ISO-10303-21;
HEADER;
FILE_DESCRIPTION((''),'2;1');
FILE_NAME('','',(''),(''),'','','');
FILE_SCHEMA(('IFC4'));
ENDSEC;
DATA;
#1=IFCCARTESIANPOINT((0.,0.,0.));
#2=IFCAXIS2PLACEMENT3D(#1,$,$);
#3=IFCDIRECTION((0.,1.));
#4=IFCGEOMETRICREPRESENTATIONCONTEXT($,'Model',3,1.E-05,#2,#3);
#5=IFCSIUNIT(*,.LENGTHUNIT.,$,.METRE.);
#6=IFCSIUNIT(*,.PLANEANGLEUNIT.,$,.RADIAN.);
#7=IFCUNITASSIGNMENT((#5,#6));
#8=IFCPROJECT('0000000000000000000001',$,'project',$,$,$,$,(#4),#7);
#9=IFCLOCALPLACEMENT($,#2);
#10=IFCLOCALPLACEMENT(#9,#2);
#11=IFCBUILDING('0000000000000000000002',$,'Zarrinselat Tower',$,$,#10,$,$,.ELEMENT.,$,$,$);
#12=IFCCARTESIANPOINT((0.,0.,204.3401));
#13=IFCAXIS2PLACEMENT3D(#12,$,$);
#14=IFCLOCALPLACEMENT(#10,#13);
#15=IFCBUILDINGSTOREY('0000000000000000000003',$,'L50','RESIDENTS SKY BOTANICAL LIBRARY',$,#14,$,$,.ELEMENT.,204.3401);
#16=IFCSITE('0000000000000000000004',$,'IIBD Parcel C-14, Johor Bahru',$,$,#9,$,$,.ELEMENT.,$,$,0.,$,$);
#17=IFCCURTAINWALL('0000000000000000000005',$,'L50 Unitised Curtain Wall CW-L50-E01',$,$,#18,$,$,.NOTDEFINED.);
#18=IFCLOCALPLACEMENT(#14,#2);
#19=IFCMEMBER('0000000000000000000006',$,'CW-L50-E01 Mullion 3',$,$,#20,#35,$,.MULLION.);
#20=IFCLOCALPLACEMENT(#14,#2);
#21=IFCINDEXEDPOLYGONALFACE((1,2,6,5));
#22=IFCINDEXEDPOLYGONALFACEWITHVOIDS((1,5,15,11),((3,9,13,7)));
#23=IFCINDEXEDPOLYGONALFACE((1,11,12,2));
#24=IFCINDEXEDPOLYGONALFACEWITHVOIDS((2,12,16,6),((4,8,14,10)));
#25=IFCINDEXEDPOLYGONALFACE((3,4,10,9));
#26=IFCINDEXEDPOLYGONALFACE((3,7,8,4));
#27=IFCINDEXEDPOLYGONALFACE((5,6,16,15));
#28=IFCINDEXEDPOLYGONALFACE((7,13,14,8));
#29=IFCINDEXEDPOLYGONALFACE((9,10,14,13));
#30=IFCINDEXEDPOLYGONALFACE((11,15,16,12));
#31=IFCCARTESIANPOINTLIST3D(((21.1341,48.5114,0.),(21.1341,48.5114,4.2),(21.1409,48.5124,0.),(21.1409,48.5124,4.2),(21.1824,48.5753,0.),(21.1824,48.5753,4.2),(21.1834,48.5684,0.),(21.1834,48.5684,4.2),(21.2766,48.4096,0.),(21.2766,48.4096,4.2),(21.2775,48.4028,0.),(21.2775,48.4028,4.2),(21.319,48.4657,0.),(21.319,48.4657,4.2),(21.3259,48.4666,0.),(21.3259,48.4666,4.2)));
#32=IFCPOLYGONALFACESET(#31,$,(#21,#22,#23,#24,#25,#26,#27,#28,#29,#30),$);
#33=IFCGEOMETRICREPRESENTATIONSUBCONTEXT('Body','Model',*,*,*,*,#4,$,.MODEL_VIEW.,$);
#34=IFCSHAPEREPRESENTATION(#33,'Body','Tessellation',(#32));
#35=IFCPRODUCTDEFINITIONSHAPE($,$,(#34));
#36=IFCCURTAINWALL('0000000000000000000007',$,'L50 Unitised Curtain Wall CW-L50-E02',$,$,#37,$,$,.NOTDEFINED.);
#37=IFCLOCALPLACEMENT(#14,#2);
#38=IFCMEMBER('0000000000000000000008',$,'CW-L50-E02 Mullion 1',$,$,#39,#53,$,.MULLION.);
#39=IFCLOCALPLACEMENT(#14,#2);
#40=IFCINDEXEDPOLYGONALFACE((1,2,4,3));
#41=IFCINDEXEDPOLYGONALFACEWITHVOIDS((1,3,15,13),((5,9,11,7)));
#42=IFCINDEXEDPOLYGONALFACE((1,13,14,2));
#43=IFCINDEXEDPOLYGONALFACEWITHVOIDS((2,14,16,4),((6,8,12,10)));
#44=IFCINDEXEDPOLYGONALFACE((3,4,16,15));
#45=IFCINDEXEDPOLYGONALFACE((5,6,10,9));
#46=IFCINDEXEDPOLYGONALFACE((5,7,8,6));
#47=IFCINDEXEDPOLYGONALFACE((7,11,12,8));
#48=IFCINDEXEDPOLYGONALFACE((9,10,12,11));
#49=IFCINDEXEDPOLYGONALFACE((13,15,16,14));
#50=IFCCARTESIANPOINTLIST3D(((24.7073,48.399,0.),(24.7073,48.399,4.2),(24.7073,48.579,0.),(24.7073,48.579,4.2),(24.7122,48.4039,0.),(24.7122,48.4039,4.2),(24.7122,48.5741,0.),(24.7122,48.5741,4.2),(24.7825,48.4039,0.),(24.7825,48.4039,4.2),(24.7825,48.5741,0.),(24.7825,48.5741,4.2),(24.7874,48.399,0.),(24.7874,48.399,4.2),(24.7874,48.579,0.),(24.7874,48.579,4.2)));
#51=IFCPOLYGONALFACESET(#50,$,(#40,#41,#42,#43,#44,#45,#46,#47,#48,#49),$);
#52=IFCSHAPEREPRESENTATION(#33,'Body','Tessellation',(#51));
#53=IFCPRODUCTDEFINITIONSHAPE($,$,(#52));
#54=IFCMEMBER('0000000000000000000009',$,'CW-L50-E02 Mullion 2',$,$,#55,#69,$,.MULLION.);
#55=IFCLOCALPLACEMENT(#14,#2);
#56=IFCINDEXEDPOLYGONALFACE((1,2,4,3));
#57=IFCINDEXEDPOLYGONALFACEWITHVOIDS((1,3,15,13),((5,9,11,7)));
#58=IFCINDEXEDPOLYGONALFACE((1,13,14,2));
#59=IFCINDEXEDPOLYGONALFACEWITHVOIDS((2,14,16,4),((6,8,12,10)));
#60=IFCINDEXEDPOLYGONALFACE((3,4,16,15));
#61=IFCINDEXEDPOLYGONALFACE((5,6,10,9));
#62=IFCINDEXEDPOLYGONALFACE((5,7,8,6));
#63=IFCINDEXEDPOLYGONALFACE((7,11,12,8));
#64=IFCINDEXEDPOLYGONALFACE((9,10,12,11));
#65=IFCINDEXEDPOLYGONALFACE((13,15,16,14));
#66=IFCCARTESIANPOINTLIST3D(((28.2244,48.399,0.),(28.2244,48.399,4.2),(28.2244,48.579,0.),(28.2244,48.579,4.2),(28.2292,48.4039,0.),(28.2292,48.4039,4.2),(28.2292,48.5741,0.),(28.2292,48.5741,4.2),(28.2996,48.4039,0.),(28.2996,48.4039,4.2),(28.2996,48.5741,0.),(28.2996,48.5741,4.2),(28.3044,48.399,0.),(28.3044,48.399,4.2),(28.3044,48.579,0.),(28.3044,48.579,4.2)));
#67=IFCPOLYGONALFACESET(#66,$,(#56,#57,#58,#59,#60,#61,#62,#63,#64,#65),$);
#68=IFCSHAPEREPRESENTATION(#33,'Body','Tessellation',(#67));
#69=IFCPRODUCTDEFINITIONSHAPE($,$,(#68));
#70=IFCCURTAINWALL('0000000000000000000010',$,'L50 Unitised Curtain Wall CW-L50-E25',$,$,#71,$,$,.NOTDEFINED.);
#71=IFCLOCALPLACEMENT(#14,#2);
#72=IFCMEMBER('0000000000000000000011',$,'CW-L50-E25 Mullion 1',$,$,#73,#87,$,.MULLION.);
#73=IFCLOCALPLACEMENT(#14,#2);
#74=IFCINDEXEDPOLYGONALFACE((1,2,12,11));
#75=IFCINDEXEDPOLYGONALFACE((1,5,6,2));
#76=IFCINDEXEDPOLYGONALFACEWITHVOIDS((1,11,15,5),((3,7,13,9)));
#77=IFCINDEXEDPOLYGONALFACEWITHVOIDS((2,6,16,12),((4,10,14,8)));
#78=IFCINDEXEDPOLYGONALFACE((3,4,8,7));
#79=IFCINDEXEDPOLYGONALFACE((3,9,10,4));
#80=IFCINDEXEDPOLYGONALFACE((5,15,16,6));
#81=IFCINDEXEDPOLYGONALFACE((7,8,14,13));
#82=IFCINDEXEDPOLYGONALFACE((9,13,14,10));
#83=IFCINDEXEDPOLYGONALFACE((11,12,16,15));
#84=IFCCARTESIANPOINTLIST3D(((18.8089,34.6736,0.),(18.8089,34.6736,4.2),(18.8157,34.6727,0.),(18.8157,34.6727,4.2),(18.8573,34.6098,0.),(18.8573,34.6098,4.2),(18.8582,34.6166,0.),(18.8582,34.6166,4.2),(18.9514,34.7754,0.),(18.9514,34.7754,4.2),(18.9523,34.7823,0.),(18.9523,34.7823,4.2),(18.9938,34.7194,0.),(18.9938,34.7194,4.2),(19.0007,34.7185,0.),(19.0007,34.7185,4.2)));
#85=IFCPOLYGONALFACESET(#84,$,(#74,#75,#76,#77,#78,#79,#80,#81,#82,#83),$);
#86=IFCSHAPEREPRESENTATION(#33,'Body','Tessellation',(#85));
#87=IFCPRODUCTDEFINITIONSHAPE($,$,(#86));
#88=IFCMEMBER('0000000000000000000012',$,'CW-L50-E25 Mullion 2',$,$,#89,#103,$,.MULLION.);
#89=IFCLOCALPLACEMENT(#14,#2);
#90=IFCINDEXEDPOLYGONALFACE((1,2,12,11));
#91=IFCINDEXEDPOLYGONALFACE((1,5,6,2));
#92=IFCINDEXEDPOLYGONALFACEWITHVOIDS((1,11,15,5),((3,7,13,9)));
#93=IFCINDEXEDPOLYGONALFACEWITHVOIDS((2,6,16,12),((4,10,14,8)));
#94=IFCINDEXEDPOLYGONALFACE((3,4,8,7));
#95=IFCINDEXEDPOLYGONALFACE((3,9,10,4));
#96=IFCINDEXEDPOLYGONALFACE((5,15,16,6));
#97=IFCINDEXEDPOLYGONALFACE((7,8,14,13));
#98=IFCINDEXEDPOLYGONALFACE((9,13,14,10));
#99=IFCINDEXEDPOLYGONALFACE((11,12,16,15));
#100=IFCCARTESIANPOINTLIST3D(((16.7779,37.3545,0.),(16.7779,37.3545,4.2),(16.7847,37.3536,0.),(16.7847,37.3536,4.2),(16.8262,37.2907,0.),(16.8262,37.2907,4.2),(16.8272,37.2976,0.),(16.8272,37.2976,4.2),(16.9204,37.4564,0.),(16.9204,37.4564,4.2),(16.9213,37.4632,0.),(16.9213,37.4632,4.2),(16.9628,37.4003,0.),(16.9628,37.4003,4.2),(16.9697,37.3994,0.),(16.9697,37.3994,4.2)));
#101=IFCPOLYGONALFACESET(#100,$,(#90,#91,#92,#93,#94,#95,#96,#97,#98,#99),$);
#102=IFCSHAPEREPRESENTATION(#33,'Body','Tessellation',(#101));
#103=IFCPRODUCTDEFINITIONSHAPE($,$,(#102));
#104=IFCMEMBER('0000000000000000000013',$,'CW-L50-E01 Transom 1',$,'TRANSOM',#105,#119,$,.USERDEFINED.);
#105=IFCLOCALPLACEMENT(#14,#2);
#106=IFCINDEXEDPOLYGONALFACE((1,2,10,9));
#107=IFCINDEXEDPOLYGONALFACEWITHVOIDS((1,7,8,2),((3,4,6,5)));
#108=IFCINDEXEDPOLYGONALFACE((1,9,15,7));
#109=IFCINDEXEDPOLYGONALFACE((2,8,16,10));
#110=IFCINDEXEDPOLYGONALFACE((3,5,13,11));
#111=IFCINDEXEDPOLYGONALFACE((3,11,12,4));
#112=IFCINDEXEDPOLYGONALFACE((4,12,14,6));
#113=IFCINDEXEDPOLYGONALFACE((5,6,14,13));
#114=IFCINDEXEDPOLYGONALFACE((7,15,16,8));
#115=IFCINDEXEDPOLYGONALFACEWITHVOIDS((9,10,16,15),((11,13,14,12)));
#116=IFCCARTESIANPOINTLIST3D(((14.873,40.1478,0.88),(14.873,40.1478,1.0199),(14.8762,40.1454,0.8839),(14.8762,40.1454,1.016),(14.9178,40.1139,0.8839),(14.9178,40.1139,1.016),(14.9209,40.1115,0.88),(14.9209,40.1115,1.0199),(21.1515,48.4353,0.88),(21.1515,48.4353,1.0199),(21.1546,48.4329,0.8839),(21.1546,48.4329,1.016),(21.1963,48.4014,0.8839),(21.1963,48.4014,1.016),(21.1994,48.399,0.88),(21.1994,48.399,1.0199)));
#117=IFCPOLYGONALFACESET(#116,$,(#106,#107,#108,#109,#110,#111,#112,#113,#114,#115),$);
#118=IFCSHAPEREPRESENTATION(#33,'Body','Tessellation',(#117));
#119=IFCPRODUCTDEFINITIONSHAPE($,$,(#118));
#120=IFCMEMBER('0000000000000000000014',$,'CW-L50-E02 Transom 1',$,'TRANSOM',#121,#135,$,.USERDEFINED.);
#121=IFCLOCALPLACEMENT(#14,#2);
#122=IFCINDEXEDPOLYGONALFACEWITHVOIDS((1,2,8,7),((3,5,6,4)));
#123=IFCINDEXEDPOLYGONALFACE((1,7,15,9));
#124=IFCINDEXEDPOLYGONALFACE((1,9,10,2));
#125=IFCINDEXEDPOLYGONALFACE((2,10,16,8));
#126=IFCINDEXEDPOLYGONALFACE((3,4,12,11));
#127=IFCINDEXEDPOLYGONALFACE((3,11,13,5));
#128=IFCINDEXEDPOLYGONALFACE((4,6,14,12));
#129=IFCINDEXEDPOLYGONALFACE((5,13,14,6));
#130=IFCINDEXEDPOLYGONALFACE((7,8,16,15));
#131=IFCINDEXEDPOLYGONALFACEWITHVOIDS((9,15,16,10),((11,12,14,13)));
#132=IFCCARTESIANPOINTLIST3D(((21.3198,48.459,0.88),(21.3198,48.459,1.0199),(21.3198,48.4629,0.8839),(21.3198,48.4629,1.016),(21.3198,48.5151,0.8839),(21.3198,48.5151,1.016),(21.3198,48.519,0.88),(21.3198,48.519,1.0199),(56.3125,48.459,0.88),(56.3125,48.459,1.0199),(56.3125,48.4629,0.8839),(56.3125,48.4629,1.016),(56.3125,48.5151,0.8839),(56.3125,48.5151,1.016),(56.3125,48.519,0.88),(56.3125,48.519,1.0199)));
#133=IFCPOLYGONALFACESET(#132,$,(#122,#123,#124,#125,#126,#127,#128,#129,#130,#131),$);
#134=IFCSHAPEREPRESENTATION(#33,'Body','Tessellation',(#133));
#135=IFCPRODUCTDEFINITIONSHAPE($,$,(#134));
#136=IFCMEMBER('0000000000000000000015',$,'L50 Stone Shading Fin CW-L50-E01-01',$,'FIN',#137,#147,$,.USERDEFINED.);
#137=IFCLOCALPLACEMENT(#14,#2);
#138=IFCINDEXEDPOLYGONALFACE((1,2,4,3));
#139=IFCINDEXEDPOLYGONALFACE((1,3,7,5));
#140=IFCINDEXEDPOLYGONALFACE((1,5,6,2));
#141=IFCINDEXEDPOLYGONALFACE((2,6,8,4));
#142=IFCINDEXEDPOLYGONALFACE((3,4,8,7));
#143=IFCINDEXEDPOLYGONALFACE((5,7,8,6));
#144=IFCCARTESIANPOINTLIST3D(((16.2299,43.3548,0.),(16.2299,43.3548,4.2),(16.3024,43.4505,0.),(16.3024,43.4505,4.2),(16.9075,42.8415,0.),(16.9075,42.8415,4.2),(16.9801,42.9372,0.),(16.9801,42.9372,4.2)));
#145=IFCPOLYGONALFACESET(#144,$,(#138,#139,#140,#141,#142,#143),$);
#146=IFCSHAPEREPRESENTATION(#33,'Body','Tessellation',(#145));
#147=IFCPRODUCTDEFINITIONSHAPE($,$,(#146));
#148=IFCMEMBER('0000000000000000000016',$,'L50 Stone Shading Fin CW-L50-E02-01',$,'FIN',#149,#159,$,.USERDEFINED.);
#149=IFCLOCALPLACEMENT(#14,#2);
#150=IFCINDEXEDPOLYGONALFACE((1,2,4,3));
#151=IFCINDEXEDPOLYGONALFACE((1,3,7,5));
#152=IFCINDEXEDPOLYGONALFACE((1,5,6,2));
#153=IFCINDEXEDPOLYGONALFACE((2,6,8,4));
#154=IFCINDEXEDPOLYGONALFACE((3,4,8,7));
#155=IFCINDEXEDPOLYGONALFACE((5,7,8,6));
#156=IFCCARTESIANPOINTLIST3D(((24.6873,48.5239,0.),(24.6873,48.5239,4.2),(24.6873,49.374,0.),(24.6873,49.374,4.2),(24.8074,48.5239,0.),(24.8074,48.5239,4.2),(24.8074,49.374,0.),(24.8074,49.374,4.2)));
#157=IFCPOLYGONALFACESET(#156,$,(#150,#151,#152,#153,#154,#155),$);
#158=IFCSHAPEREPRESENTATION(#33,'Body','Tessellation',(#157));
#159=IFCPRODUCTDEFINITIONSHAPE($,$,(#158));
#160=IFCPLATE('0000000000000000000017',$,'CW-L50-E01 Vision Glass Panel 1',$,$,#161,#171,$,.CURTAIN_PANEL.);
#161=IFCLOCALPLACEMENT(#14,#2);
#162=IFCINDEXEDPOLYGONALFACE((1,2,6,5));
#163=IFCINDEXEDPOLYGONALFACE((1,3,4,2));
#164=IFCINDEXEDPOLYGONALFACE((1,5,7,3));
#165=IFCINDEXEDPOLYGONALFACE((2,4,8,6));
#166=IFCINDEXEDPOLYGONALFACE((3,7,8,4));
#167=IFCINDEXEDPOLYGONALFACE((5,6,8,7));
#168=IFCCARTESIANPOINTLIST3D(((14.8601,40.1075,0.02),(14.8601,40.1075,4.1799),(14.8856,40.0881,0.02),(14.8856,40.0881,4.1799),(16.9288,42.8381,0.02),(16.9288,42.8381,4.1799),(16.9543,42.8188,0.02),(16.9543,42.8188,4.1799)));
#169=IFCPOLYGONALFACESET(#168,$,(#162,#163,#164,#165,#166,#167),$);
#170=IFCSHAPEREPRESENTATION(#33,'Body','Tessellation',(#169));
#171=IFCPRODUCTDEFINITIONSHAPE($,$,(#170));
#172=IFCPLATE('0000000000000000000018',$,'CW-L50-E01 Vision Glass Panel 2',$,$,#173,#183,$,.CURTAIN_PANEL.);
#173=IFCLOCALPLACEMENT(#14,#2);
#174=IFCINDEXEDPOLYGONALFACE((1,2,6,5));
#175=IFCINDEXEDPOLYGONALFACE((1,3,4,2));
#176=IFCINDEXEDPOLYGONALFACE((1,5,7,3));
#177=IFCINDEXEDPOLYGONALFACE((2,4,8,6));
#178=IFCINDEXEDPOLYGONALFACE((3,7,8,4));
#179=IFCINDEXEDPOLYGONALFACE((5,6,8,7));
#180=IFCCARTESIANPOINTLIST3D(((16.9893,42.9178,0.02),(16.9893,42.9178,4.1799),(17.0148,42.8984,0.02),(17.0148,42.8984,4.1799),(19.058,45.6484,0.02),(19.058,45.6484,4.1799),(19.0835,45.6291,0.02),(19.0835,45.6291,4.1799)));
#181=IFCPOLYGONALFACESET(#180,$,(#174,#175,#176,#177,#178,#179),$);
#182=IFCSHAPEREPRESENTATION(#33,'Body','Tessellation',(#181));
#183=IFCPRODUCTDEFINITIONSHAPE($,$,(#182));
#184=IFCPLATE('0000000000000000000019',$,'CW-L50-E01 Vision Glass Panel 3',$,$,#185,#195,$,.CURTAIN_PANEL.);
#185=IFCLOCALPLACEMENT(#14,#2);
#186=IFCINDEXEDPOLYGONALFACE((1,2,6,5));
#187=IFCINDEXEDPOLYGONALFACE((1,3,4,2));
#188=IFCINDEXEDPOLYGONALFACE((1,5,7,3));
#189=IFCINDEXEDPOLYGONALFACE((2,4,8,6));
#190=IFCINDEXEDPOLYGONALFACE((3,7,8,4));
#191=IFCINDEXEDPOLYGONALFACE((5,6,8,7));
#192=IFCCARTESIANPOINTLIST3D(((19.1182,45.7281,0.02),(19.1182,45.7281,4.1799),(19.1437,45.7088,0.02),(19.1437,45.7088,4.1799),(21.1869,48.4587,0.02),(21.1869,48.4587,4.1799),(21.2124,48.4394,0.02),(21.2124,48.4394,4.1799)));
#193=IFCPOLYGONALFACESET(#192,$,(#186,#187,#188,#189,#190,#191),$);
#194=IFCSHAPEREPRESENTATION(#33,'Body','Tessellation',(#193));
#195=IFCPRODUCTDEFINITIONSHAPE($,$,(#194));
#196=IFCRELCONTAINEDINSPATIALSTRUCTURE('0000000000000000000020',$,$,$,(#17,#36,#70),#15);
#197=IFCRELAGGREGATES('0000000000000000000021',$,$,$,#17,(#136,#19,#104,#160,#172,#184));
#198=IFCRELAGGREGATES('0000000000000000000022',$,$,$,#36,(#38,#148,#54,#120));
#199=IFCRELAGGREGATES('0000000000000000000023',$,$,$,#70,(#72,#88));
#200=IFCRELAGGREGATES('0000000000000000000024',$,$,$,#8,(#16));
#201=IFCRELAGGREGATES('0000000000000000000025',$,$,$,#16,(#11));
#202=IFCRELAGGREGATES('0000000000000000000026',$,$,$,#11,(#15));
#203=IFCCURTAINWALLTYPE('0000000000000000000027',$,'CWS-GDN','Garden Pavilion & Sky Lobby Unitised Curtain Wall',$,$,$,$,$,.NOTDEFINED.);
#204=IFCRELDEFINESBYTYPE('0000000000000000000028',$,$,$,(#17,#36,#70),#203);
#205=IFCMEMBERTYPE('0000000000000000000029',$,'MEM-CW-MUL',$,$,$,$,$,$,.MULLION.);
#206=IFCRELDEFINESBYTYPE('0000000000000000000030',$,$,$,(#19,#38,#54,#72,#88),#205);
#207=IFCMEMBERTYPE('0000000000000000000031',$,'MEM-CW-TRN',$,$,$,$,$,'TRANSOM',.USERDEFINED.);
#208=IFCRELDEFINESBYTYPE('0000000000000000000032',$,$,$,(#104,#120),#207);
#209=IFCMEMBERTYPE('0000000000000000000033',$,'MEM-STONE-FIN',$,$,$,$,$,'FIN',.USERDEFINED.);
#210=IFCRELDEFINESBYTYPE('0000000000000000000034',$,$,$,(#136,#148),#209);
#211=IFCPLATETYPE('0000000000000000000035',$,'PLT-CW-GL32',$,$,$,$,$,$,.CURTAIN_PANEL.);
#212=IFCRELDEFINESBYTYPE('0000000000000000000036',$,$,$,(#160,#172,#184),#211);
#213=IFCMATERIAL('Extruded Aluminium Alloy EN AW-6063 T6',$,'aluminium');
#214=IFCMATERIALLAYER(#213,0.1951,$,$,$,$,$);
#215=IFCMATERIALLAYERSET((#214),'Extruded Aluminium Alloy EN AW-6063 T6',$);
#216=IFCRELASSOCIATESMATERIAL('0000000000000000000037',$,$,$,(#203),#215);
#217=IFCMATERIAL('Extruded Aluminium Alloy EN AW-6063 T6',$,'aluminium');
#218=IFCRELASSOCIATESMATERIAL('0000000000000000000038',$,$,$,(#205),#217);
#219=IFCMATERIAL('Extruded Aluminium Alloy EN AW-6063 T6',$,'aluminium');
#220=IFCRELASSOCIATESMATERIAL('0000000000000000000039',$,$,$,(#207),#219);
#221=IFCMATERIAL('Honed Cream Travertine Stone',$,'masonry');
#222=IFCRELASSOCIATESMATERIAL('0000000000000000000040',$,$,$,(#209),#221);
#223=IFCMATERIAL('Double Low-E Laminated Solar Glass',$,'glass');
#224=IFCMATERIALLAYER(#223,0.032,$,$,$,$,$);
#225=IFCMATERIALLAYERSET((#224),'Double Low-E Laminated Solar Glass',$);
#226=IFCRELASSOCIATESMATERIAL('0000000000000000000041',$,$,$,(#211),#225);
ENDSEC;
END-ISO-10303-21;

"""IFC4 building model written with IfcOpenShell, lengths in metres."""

from ifc_helpers import new_model, si_unit, direction, frame, origin, origin_2d, place, context, subcontext, project, spatial, rectangle, hollow_rectangle, extrude, material, layer, layer_set, material_profile, profile_set, type_object, element, aggregate, save


model = new_model("IFC4")

# Units and contexts
model_context = context("Model", 3, precision=1e-05, world=origin(), true_north=direction((0.0, 1.0)))
body_context = subcontext(model_context, "Body", "Model", "MODEL_VIEW")
ifc_project = project(units=[si_unit("LENGTHUNIT", "METRE"), si_unit("PLANEANGLEUNIT", "RADIAN")], contexts=[model_context])

# Site, building, storey
site_placement = place(None, origin())
site = spatial("IfcSite", under=ifc_project, at=site_placement, Name="IIBD Parcel C-14, Johor Bahru", CompositionType="ELEMENT", RefElevation=0.0)
building_placement = place(site_placement, origin())
building = spatial("IfcBuilding", under=site, at=building_placement, Name="Zarrinselat Tower", CompositionType="ELEMENT")
storey_placement = place(building_placement, frame((0.0, 0.0, 204.3401)))
storey = spatial("IfcBuildingStorey", under=building, at=storey_placement, Name="L50", Description="RESIDENTS SKY BOTANICAL LIBRARY", CompositionType="ELEMENT", Elevation=204.3401)

# Curtain walls, members
ifc_material_1 = material(Name="Extruded Aluminium Alloy EN AW-6063 T6", Category="aluminium")
ifc_layer_1 = layer(ifc_material_1, 0.1951)
ifc_layer_set_1 = layer_set([ifc_layer_1], Name="Extruded Aluminium Alloy EN AW-6063 T6")
curtain_wall_type = type_object("IfcCurtainWallType", Name="CWS-GDN", Description="Garden Pavilion & Sky Lobby Unitised Curtain Wall", PredefinedType="NOTDEFINED", material=ifc_layer_set_1)
curtain_wall_1_placement = place(storey_placement, origin())
curtain_wall_1 = element("IfcCurtainWall", 1, at=curtain_wall_1_placement, inside=storey, type_object=curtain_wall_type, Name="L50 Unitised Curtain Wall CW-L50-E01", PredefinedType="NOTDEFINED")
ifc_material_2 = material(Name="Extruded Aluminium Alloy EN AW-6063 T6", Category="aluminium")
ifc_material_profile_1 = material_profile(ifc_material_2, hollow_rectangle(XDim=0.0801, YDim=0.1799, WallThickness=0.0049, at=origin_2d()), Name="RHS 180x80x5")
ifc_profile_set_1 = profile_set([ifc_material_profile_1], Name="Extruded Aluminium Alloy EN AW-6063 T6")
member_type_1 = type_object("IfcMemberType", Name="MEM-CW-MUL", PredefinedType="MULLION", material=ifc_profile_set_1)
member_1_placement = place(storey_placement, frame((21.23, 48.489, 0.0), z_axis=(0.0, 0.0, 1.0), x_axis=(0.603858, 0.797092, 0.0)))
member_1 = element("IfcMember", 2, at=member_1_placement, type_object=member_type_1, Name="CW-L50-E01 Mullion 3", PredefinedType="MULLION", context=body_context, shape_type="SweptSolid", body=[
    extrude(hollow_rectangle(XDim=0.0801, YDim=0.1799, WallThickness=0.0049, at=origin_2d()), origin(), (0.0, 0.0, 1.0), 4.2),
])
curtain_wall_2_placement = place(storey_placement, origin())
curtain_wall_2 = element("IfcCurtainWall", 3, at=curtain_wall_2_placement, inside=storey, type_object=curtain_wall_type, Name="L50 Unitised Curtain Wall CW-L50-E02", PredefinedType="NOTDEFINED")
member_2_placement = place(storey_placement, frame((24.7473, 48.489, 0.0), z_axis=(0.0, 0.0, 1.0), x_axis=(1.0, 0.0, 0.0)))
member_2 = element("IfcMember", 4, at=member_2_placement, type_object=member_type_1, Name="CW-L50-E02 Mullion 1", PredefinedType="MULLION", context=body_context, shape_type="SweptSolid", body=[
    extrude(hollow_rectangle(XDim=0.0801, YDim=0.1799, WallThickness=0.0049, at=origin_2d()), origin(), (0.0, 0.0, 1.0), 4.2),
])
member_3_placement = place(storey_placement, frame((28.2644, 48.489, 0.0), z_axis=(0.0, 0.0, 1.0), x_axis=(1.0, 0.0, 0.0)))
member_3 = element("IfcMember", 5, at=member_3_placement, type_object=member_type_1, Name="CW-L50-E02 Mullion 2", PredefinedType="MULLION", context=body_context, shape_type="SweptSolid", body=[
    extrude(hollow_rectangle(XDim=0.0801, YDim=0.1799, WallThickness=0.0049, at=origin_2d()), origin(), (0.0, 0.0, 1.0), 4.2),
])
curtain_wall_3_placement = place(storey_placement, origin())
curtain_wall_3 = element("IfcCurtainWall", 6, at=curtain_wall_3_placement, inside=storey, type_object=curtain_wall_type, Name="L50 Unitised Curtain Wall CW-L50-E25", PredefinedType="NOTDEFINED")
member_4_placement = place(storey_placement, frame((18.9048, 34.696, 0.0), z_axis=(0.0, 0.0, 1.0), x_axis=(-0.603858, 0.797092, 0.0)))
member_4 = element("IfcMember", 7, at=member_4_placement, type_object=member_type_1, Name="CW-L50-E25 Mullion 1", PredefinedType="MULLION", context=body_context, shape_type="SweptSolid", body=[
    extrude(hollow_rectangle(XDim=0.0801, YDim=0.1799, WallThickness=0.0049, at=origin_2d()), origin(), (0.0, 0.0, 1.0), 4.2),
])
member_5_placement = place(storey_placement, frame((16.8738, 37.377, 0.0), z_axis=(0.0, 0.0, 1.0), x_axis=(-0.603858, 0.797092, 0.0)))
member_5 = element("IfcMember", 8, at=member_5_placement, type_object=member_type_1, Name="CW-L50-E25 Mullion 2", PredefinedType="MULLION", context=body_context, shape_type="SweptSolid", body=[
    extrude(hollow_rectangle(XDim=0.0801, YDim=0.1799, WallThickness=0.0049, at=origin_2d()), origin(), (0.0, 0.0, 1.0), 4.2),
])

# Members
ifc_material_3 = material(Name="Extruded Aluminium Alloy EN AW-6063 T6", Category="aluminium")
ifc_material_profile_2 = material_profile(ifc_material_3, hollow_rectangle(XDim=0.0601, YDim=0.1399, WallThickness=0.0039, at=origin_2d()), Name="RHS 140x60x4")
ifc_profile_set_2 = profile_set([ifc_material_profile_2], Name="Extruded Aluminium Alloy EN AW-6063 T6")
member_type_2 = type_object("IfcMemberType", Name="MEM-CW-TRN", ElementType="TRANSOM", PredefinedType="USERDEFINED", material=ifc_profile_set_2)
member_6_placement = place(storey_placement, frame((14.897, 40.1296, 0.95), z_axis=(0.603863, 0.797088, 0.0), x_axis=(-0.797088, 0.603863, 0.0)))
member_6 = element("IfcMember", 9, at=member_6_placement, type_object=member_type_2, Name="CW-L50-E01 Transom 1", ObjectType="TRANSOM", PredefinedType="USERDEFINED", context=body_context, shape_type="SweptSolid", body=[
    extrude(hollow_rectangle(XDim=0.0601, YDim=0.1399, WallThickness=0.0039, at=origin_2d()), origin(), (0.0, 0.0, 1.0), 10.3972),
])
member_7_placement = place(storey_placement, frame((21.3198, 48.489, 0.95), z_axis=(1.0, 0.0, 0.0), x_axis=(0.0, 1.0, 0.0)))
member_7 = element("IfcMember", 10, at=member_7_placement, type_object=member_type_2, Name="CW-L50-E02 Transom 1", ObjectType="TRANSOM", PredefinedType="USERDEFINED", context=body_context, shape_type="SweptSolid", body=[
    extrude(hollow_rectangle(XDim=0.0601, YDim=0.1399, WallThickness=0.0039, at=origin_2d()), origin(), (0.0, 0.0, 1.0), 34.9927),
])
ifc_material_4 = material(Name="Honed Cream Travertine Stone", Category="masonry")
ifc_material_profile_3 = material_profile(ifc_material_4, rectangle(XDim=0.1201, YDim=0.8501, at=origin_2d()), Name="FIN 850x120")
ifc_profile_set_3 = profile_set([ifc_material_profile_3], Name="Honed Cream Travertine Stone")
member_type_3 = type_object("IfcMemberType", Name="MEM-STONE-FIN", ElementType="FIN", PredefinedType="USERDEFINED", material=ifc_profile_set_3)
member_8_placement = place(storey_placement, frame((16.605, 43.146, 0.0), z_axis=(0.0, 0.0, 1.0), x_axis=(0.603858, 0.797092, 0.0)))
member_8 = element("IfcMember", 11, at=member_8_placement, type_object=member_type_3, Name="L50 Stone Shading Fin CW-L50-E01-01", ObjectType="FIN", PredefinedType="USERDEFINED", context=body_context, shape_type="SweptSolid", body=[
    extrude(rectangle(XDim=0.1201, YDim=0.8501, at=origin_2d()), origin(), (0.0, 0.0, 1.0), 4.2),
])
member_9_placement = place(storey_placement, frame((24.7473, 48.949, 0.0), z_axis=(0.0, 0.0, 1.0), x_axis=(1.0, 0.0, 0.0)))
member_9 = element("IfcMember", 12, at=member_9_placement, type_object=member_type_3, Name="L50 Stone Shading Fin CW-L50-E02-01", ObjectType="FIN", PredefinedType="USERDEFINED", context=body_context, shape_type="SweptSolid", body=[
    extrude(rectangle(XDim=0.1201, YDim=0.8501, at=origin_2d()), origin(), (0.0, 0.0, 1.0), 4.2),
])

# Plates
ifc_material_5 = material(Name="Double Low-E Laminated Solar Glass", Category="glass")
ifc_layer_2 = layer(ifc_material_5, 0.032)
ifc_layer_set_2 = layer_set([ifc_layer_2], Name="Double Low-E Laminated Solar Glass")
plate_type = type_object("IfcPlateType", Name="PLT-CW-GL32", PredefinedType="CURTAIN_PANEL", material=ifc_layer_set_2)
plate_1_placement = place(storey_placement, frame((15.9072, 41.4631, 0.02), z_axis=(0.0, 0.0, 1.0), x_axis=(0.603858, 0.797092, 0.0)))
plate_1 = element("IfcPlate", 13, at=plate_1_placement, type_object=plate_type, Name="CW-L50-E01 Vision Glass Panel 1", PredefinedType="CURTAIN_PANEL", context=body_context, shape_type="SweptSolid", body=[
    extrude(rectangle(XDim=3.4258, YDim=0.032, at=origin_2d()), origin(), (0.0, 0.0, 1.0), 4.1599),
])
plate_2_placement = place(storey_placement, frame((18.0364, 44.2734, 0.02), z_axis=(0.0, 0.0, 1.0), x_axis=(0.603858, 0.797092, 0.0)))
plate_2 = element("IfcPlate", 14, at=plate_2_placement, type_object=plate_type, Name="CW-L50-E01 Vision Glass Panel 2", PredefinedType="CURTAIN_PANEL", context=body_context, shape_type="SweptSolid", body=[
    extrude(rectangle(XDim=3.4258, YDim=0.032, at=origin_2d()), origin(), (0.0, 0.0, 1.0), 4.1599),
])
plate_3_placement = place(storey_placement, frame((20.1653, 47.0837, 0.02), z_axis=(0.0, 0.0, 1.0), x_axis=(0.603858, 0.797092, 0.0)))
plate_3 = element("IfcPlate", 15, at=plate_3_placement, type_object=plate_type, Name="CW-L50-E01 Vision Glass Panel 3", PredefinedType="CURTAIN_PANEL", context=body_context, shape_type="SweptSolid", body=[
    extrude(rectangle(XDim=3.4258, YDim=0.032, at=origin_2d()), origin(), (0.0, 0.0, 1.0), 4.1599),
])
aggregate(curtain_wall_1, [member_8, member_1, member_6, plate_1, plate_2, plate_3])
aggregate(curtain_wall_2, [member_2, member_9, member_3, member_7])
aggregate(curtain_wall_3, [member_4, member_5])

save(model, "model.ifc")
